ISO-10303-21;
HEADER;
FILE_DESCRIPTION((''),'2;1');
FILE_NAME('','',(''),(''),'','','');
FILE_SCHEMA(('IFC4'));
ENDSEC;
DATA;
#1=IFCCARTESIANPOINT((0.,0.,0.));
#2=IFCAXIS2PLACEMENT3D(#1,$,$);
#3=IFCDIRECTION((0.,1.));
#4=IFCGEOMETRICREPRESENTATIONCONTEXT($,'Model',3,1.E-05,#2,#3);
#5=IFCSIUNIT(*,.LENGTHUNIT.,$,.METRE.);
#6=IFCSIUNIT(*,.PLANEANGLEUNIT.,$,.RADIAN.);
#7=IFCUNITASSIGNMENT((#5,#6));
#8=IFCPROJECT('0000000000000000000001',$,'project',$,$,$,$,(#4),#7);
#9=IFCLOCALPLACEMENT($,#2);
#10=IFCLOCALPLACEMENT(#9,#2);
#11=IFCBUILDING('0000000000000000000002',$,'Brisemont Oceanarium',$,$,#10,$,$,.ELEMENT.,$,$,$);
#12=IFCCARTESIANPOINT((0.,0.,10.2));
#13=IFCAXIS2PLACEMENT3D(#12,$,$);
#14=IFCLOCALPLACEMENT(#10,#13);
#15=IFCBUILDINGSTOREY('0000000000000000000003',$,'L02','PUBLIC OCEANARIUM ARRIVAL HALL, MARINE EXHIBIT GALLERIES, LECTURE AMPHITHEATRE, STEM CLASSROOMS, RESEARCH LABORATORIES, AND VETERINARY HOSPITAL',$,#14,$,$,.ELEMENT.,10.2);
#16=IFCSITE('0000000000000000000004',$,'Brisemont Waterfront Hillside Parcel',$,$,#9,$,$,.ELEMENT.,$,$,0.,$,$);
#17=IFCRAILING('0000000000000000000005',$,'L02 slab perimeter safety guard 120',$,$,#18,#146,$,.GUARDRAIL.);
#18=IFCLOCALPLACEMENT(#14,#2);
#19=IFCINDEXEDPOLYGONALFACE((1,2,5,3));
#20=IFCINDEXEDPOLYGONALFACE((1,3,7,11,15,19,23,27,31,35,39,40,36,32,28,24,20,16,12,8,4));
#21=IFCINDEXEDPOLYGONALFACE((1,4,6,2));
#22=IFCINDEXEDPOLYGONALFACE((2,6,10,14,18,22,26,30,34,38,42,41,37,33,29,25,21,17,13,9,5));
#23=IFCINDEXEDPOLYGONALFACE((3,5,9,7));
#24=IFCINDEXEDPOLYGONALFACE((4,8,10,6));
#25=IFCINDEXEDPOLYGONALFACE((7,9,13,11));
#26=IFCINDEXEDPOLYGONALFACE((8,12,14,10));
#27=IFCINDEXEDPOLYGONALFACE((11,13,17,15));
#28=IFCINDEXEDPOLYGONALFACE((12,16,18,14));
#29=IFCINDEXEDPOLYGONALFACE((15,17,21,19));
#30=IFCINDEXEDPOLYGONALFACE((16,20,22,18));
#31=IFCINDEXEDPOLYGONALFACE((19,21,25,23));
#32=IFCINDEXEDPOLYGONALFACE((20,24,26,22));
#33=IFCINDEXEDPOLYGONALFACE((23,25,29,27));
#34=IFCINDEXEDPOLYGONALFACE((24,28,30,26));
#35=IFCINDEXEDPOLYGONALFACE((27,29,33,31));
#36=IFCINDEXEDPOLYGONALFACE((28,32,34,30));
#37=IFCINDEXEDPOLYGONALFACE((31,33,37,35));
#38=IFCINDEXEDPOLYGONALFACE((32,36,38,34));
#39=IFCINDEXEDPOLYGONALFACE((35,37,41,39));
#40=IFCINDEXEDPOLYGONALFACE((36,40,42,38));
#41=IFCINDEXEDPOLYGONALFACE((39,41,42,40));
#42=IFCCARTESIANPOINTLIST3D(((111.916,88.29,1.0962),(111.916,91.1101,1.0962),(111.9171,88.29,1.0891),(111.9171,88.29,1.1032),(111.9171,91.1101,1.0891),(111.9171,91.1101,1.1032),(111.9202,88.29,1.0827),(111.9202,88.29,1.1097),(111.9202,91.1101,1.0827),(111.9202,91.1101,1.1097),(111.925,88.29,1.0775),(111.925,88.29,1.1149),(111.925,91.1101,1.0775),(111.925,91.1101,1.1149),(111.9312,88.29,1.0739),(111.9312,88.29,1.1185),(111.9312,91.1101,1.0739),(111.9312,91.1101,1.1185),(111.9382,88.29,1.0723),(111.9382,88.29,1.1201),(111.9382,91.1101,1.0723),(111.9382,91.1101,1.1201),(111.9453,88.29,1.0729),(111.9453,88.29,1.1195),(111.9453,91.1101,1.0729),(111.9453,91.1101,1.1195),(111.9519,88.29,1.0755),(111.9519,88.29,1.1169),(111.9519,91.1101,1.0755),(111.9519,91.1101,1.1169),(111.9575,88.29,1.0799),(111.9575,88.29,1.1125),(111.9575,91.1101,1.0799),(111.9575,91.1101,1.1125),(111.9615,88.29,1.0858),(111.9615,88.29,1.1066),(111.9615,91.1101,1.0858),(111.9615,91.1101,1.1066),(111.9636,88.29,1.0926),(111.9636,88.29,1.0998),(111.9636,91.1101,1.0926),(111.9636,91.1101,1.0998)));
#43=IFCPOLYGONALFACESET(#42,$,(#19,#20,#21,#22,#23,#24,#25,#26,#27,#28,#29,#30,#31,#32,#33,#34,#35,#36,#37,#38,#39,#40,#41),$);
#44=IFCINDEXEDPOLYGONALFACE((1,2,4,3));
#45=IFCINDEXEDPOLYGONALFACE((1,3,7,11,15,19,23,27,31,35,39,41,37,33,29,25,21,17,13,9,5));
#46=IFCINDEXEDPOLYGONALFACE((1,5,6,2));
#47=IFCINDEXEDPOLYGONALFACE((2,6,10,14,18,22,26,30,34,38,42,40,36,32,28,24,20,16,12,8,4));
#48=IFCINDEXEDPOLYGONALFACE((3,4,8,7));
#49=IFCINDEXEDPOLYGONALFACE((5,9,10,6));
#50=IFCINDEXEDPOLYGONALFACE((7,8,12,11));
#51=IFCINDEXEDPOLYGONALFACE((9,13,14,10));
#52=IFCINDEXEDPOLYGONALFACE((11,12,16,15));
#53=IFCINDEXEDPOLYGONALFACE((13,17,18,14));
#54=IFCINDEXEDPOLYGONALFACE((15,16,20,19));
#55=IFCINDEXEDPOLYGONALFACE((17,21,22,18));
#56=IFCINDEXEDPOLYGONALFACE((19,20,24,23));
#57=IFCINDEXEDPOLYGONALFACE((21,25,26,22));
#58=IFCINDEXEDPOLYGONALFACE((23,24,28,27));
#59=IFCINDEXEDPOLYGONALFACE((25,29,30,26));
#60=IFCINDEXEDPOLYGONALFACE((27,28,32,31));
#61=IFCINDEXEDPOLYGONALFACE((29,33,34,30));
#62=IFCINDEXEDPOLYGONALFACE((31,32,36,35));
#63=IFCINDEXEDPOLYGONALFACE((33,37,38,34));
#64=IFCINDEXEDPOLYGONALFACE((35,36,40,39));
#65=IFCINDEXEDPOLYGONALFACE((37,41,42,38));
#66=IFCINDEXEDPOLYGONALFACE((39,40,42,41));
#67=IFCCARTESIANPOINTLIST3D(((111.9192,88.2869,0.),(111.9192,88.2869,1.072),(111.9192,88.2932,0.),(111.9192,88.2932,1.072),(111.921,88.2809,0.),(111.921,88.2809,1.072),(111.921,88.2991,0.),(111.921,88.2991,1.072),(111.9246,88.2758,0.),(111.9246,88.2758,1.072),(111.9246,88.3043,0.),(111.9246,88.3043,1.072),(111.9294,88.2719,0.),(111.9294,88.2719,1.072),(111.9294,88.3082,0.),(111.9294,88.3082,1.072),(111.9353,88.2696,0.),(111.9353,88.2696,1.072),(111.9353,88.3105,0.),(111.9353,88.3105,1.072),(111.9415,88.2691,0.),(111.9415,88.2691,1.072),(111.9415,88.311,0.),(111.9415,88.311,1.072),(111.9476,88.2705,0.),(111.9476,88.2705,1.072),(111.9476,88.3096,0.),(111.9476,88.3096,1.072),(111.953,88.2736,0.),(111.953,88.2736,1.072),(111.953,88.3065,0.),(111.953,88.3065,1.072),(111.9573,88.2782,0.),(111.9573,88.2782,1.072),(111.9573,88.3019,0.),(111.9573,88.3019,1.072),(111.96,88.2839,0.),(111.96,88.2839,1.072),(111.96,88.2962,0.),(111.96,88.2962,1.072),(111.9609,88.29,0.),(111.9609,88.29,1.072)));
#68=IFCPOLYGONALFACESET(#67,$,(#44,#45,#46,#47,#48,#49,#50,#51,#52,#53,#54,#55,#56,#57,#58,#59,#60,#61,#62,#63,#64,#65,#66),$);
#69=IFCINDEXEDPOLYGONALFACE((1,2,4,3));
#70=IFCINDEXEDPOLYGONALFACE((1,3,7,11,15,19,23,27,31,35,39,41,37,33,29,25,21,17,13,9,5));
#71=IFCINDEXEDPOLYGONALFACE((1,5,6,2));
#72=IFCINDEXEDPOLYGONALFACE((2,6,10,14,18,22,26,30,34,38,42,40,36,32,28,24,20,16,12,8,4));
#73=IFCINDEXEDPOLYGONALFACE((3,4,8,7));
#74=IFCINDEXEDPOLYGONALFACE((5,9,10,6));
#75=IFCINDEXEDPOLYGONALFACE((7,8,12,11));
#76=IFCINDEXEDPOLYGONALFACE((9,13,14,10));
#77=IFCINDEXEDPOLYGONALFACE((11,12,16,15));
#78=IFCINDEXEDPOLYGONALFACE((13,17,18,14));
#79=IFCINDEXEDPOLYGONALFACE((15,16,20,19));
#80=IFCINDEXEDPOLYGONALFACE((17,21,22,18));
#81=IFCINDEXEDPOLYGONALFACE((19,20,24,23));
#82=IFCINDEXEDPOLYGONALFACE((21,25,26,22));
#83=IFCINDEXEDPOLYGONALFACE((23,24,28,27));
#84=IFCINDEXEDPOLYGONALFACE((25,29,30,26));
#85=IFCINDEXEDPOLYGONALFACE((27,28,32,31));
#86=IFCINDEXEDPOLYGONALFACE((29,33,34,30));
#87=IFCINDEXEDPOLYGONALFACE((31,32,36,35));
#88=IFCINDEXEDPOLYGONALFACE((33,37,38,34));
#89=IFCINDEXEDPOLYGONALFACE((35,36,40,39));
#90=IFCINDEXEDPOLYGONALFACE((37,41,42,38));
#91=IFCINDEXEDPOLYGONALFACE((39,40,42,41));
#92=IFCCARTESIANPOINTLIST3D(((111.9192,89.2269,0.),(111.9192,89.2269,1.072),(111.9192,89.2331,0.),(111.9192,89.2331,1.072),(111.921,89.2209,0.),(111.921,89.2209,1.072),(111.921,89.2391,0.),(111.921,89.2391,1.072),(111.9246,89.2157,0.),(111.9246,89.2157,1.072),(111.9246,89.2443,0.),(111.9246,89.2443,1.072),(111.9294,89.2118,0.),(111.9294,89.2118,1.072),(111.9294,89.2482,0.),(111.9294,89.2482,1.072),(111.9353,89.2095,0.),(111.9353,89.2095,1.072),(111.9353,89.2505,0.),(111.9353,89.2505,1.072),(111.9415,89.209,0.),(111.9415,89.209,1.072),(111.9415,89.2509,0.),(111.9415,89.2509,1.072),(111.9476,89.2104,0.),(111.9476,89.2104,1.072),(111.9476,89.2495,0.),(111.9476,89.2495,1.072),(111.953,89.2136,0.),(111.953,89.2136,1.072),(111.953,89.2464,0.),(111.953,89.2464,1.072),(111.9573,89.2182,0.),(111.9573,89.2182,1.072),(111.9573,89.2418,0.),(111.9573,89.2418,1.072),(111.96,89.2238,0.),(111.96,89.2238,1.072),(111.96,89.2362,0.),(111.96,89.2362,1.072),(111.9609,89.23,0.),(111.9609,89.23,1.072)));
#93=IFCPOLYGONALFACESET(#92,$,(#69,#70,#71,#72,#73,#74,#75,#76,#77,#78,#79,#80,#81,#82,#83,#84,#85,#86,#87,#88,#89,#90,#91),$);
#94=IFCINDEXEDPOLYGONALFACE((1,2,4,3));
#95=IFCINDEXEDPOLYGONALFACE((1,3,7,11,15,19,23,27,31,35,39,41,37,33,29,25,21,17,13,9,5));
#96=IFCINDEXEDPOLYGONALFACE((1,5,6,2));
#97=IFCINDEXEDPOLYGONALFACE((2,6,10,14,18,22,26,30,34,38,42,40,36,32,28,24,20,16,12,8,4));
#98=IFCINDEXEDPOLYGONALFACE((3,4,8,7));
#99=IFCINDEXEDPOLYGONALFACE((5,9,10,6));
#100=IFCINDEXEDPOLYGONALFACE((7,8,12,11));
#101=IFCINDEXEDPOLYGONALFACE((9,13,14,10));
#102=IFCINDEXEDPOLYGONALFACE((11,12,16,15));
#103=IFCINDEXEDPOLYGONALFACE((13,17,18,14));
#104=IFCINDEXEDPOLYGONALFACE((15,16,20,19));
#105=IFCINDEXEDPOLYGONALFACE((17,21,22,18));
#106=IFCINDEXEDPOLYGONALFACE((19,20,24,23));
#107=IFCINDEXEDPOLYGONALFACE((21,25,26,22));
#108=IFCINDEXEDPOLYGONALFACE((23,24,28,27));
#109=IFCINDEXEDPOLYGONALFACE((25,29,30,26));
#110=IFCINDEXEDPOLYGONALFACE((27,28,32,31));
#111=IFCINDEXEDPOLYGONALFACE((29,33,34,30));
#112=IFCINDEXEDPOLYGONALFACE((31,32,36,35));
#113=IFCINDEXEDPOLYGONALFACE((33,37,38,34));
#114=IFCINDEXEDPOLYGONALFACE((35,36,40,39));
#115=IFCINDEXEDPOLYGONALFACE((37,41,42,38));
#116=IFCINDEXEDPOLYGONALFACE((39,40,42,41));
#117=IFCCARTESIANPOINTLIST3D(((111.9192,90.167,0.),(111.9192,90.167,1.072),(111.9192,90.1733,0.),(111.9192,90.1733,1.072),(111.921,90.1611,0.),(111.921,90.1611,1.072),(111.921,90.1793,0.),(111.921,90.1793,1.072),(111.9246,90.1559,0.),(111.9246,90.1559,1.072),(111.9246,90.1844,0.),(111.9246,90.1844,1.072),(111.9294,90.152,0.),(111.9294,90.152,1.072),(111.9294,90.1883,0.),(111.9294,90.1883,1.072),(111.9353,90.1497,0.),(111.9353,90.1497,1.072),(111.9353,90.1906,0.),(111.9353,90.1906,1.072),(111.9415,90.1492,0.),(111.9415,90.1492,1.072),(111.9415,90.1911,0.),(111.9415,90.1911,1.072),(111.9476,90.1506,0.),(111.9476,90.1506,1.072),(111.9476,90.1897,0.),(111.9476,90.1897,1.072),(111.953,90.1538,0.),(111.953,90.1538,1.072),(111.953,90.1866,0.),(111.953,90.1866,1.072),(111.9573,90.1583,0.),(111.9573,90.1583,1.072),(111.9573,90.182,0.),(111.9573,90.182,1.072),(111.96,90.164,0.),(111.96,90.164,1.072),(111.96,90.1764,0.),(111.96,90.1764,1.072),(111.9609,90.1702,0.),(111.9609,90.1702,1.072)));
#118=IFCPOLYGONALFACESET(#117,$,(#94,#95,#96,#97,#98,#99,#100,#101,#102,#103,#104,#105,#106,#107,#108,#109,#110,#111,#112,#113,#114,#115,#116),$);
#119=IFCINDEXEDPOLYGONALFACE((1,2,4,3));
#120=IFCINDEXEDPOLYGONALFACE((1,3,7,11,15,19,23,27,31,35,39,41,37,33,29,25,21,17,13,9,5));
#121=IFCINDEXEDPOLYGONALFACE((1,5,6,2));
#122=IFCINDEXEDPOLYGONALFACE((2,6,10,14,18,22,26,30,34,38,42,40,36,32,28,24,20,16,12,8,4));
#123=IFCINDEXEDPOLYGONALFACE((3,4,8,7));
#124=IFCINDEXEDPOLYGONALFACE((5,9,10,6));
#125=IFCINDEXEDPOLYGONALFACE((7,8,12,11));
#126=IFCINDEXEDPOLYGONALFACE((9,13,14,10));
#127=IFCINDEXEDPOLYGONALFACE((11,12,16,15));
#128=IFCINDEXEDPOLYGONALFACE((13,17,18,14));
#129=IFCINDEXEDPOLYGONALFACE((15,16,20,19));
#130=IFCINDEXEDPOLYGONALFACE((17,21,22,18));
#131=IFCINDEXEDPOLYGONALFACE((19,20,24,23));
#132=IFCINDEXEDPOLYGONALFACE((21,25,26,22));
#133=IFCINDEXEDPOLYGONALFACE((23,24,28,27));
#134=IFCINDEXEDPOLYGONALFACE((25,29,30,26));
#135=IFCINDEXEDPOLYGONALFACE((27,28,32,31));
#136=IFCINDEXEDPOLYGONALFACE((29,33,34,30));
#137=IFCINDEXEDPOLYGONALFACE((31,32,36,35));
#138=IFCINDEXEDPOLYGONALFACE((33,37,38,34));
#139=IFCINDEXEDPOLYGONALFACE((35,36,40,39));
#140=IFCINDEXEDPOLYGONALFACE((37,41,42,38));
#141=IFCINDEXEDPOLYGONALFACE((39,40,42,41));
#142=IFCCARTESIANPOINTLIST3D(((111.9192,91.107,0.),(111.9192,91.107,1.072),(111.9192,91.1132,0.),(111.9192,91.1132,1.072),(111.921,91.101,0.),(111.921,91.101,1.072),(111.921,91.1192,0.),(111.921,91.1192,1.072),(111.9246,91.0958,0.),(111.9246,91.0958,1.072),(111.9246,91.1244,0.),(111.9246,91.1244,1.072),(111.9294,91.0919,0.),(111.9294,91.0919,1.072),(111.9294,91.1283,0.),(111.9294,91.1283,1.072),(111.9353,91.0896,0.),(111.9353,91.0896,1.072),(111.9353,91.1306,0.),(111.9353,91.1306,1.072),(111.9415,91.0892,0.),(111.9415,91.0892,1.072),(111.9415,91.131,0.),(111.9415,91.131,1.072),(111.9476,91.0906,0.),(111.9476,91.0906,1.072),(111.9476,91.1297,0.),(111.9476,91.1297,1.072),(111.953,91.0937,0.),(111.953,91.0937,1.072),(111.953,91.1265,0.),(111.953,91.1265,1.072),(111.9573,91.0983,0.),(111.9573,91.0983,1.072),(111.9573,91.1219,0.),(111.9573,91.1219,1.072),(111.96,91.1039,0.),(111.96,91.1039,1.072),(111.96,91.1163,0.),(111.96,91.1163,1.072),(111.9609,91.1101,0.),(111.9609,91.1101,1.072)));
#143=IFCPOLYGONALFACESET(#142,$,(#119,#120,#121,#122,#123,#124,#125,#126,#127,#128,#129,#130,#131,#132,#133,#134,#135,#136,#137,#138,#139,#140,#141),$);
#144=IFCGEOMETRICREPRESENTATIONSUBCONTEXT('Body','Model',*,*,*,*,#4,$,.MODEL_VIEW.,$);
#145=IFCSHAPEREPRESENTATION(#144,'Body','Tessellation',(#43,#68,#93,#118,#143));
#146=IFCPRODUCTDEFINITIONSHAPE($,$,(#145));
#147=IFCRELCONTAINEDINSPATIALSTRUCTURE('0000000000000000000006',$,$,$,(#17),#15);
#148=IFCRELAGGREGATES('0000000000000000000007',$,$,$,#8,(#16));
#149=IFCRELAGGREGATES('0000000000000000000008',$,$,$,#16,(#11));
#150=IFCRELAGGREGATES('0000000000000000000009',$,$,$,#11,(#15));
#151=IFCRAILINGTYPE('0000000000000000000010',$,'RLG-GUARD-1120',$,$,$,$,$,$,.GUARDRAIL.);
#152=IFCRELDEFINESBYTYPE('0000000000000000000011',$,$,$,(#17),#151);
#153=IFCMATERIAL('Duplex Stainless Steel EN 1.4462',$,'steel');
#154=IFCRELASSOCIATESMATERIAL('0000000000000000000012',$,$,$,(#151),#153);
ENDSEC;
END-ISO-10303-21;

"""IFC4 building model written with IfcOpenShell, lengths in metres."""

from ifc_helpers import new_model, si_unit, direction, frame, origin, origin_2d, place, context, subcontext, project, spatial, circle, extrude, material, type_object, element, save


model = new_model("IFC4")

# Units and contexts
model_context = context("Model", 3, precision=1e-05, world=origin(), true_north=direction((0.0, 1.0)))
body_context = subcontext(model_context, "Body", "Model", "MODEL_VIEW")
ifc_project = project(units=[si_unit("LENGTHUNIT", "METRE"), si_unit("PLANEANGLEUNIT", "RADIAN")], contexts=[model_context])

# Site, building, storey
site_placement = place(None, origin())
site = spatial("IfcSite", under=ifc_project, at=site_placement, Name="Brisemont Waterfront Hillside Parcel", CompositionType="ELEMENT", RefElevation=0.0)
building_placement = place(site_placement, origin())
building = spatial("IfcBuilding", under=site, at=building_placement, Name="Brisemont Oceanarium", CompositionType="ELEMENT")
storey_placement = place(building_placement, frame((0.0, 0.0, 10.2)))
storey = spatial("IfcBuildingStorey", under=building, at=storey_placement, Name="L02", Description="PUBLIC OCEANARIUM ARRIVAL HALL, MARINE EXHIBIT GALLERIES, LECTURE AMPHITHEATRE, STEM CLASSROOMS, RESEARCH LABORATORIES, AND VETERINARY HOSPITAL", CompositionType="ELEMENT", Elevation=10.2)

# Railing
ifc_material_1 = material(Name="Duplex Stainless Steel EN 1.4462", Category="steel")
railing_type = type_object("IfcRailingType", Name="RLG-GUARD-1120", PredefinedType="GUARDRAIL", material=ifc_material_1)
railing_1_placement = place(storey_placement, frame((111.9399, 88.29, 0.0)))
element("IfcRailing", 1, at=railing_1_placement, inside=storey, type_object=railing_type, Name="L02 slab perimeter safety guard 120", PredefinedType="GUARDRAIL", context=body_context, shape_type="SweptSolid", body=[
    extrude(circle(Radius=0.0239, at=origin_2d()), frame((0.0, 0.0, 1.0962), z_axis=(0.0, 1.0, 0.0), x_axis=(-1.0, 0.0, 0.0)), (0.0, 0.0, 1.0), 2.8201),
    extrude(circle(Radius=0.021, at=origin_2d()), origin(), (0.0, 0.0, 1.0), 1.072),
    extrude(circle(Radius=0.021, at=origin_2d()), frame((0.0, 0.9399, 0.0)), (0.0, 0.0, 1.0), 1.072),
    extrude(circle(Radius=0.021, at=origin_2d()), frame((0.0, 1.8801, 0.0)), (0.0, 0.0, 1.0), 1.072),
    extrude(circle(Radius=0.021, at=origin_2d()), frame((0.0, 2.8201, 0.0)), (0.0, 0.0, 1.0), 1.072),
])

save(model, "model.ifc")
